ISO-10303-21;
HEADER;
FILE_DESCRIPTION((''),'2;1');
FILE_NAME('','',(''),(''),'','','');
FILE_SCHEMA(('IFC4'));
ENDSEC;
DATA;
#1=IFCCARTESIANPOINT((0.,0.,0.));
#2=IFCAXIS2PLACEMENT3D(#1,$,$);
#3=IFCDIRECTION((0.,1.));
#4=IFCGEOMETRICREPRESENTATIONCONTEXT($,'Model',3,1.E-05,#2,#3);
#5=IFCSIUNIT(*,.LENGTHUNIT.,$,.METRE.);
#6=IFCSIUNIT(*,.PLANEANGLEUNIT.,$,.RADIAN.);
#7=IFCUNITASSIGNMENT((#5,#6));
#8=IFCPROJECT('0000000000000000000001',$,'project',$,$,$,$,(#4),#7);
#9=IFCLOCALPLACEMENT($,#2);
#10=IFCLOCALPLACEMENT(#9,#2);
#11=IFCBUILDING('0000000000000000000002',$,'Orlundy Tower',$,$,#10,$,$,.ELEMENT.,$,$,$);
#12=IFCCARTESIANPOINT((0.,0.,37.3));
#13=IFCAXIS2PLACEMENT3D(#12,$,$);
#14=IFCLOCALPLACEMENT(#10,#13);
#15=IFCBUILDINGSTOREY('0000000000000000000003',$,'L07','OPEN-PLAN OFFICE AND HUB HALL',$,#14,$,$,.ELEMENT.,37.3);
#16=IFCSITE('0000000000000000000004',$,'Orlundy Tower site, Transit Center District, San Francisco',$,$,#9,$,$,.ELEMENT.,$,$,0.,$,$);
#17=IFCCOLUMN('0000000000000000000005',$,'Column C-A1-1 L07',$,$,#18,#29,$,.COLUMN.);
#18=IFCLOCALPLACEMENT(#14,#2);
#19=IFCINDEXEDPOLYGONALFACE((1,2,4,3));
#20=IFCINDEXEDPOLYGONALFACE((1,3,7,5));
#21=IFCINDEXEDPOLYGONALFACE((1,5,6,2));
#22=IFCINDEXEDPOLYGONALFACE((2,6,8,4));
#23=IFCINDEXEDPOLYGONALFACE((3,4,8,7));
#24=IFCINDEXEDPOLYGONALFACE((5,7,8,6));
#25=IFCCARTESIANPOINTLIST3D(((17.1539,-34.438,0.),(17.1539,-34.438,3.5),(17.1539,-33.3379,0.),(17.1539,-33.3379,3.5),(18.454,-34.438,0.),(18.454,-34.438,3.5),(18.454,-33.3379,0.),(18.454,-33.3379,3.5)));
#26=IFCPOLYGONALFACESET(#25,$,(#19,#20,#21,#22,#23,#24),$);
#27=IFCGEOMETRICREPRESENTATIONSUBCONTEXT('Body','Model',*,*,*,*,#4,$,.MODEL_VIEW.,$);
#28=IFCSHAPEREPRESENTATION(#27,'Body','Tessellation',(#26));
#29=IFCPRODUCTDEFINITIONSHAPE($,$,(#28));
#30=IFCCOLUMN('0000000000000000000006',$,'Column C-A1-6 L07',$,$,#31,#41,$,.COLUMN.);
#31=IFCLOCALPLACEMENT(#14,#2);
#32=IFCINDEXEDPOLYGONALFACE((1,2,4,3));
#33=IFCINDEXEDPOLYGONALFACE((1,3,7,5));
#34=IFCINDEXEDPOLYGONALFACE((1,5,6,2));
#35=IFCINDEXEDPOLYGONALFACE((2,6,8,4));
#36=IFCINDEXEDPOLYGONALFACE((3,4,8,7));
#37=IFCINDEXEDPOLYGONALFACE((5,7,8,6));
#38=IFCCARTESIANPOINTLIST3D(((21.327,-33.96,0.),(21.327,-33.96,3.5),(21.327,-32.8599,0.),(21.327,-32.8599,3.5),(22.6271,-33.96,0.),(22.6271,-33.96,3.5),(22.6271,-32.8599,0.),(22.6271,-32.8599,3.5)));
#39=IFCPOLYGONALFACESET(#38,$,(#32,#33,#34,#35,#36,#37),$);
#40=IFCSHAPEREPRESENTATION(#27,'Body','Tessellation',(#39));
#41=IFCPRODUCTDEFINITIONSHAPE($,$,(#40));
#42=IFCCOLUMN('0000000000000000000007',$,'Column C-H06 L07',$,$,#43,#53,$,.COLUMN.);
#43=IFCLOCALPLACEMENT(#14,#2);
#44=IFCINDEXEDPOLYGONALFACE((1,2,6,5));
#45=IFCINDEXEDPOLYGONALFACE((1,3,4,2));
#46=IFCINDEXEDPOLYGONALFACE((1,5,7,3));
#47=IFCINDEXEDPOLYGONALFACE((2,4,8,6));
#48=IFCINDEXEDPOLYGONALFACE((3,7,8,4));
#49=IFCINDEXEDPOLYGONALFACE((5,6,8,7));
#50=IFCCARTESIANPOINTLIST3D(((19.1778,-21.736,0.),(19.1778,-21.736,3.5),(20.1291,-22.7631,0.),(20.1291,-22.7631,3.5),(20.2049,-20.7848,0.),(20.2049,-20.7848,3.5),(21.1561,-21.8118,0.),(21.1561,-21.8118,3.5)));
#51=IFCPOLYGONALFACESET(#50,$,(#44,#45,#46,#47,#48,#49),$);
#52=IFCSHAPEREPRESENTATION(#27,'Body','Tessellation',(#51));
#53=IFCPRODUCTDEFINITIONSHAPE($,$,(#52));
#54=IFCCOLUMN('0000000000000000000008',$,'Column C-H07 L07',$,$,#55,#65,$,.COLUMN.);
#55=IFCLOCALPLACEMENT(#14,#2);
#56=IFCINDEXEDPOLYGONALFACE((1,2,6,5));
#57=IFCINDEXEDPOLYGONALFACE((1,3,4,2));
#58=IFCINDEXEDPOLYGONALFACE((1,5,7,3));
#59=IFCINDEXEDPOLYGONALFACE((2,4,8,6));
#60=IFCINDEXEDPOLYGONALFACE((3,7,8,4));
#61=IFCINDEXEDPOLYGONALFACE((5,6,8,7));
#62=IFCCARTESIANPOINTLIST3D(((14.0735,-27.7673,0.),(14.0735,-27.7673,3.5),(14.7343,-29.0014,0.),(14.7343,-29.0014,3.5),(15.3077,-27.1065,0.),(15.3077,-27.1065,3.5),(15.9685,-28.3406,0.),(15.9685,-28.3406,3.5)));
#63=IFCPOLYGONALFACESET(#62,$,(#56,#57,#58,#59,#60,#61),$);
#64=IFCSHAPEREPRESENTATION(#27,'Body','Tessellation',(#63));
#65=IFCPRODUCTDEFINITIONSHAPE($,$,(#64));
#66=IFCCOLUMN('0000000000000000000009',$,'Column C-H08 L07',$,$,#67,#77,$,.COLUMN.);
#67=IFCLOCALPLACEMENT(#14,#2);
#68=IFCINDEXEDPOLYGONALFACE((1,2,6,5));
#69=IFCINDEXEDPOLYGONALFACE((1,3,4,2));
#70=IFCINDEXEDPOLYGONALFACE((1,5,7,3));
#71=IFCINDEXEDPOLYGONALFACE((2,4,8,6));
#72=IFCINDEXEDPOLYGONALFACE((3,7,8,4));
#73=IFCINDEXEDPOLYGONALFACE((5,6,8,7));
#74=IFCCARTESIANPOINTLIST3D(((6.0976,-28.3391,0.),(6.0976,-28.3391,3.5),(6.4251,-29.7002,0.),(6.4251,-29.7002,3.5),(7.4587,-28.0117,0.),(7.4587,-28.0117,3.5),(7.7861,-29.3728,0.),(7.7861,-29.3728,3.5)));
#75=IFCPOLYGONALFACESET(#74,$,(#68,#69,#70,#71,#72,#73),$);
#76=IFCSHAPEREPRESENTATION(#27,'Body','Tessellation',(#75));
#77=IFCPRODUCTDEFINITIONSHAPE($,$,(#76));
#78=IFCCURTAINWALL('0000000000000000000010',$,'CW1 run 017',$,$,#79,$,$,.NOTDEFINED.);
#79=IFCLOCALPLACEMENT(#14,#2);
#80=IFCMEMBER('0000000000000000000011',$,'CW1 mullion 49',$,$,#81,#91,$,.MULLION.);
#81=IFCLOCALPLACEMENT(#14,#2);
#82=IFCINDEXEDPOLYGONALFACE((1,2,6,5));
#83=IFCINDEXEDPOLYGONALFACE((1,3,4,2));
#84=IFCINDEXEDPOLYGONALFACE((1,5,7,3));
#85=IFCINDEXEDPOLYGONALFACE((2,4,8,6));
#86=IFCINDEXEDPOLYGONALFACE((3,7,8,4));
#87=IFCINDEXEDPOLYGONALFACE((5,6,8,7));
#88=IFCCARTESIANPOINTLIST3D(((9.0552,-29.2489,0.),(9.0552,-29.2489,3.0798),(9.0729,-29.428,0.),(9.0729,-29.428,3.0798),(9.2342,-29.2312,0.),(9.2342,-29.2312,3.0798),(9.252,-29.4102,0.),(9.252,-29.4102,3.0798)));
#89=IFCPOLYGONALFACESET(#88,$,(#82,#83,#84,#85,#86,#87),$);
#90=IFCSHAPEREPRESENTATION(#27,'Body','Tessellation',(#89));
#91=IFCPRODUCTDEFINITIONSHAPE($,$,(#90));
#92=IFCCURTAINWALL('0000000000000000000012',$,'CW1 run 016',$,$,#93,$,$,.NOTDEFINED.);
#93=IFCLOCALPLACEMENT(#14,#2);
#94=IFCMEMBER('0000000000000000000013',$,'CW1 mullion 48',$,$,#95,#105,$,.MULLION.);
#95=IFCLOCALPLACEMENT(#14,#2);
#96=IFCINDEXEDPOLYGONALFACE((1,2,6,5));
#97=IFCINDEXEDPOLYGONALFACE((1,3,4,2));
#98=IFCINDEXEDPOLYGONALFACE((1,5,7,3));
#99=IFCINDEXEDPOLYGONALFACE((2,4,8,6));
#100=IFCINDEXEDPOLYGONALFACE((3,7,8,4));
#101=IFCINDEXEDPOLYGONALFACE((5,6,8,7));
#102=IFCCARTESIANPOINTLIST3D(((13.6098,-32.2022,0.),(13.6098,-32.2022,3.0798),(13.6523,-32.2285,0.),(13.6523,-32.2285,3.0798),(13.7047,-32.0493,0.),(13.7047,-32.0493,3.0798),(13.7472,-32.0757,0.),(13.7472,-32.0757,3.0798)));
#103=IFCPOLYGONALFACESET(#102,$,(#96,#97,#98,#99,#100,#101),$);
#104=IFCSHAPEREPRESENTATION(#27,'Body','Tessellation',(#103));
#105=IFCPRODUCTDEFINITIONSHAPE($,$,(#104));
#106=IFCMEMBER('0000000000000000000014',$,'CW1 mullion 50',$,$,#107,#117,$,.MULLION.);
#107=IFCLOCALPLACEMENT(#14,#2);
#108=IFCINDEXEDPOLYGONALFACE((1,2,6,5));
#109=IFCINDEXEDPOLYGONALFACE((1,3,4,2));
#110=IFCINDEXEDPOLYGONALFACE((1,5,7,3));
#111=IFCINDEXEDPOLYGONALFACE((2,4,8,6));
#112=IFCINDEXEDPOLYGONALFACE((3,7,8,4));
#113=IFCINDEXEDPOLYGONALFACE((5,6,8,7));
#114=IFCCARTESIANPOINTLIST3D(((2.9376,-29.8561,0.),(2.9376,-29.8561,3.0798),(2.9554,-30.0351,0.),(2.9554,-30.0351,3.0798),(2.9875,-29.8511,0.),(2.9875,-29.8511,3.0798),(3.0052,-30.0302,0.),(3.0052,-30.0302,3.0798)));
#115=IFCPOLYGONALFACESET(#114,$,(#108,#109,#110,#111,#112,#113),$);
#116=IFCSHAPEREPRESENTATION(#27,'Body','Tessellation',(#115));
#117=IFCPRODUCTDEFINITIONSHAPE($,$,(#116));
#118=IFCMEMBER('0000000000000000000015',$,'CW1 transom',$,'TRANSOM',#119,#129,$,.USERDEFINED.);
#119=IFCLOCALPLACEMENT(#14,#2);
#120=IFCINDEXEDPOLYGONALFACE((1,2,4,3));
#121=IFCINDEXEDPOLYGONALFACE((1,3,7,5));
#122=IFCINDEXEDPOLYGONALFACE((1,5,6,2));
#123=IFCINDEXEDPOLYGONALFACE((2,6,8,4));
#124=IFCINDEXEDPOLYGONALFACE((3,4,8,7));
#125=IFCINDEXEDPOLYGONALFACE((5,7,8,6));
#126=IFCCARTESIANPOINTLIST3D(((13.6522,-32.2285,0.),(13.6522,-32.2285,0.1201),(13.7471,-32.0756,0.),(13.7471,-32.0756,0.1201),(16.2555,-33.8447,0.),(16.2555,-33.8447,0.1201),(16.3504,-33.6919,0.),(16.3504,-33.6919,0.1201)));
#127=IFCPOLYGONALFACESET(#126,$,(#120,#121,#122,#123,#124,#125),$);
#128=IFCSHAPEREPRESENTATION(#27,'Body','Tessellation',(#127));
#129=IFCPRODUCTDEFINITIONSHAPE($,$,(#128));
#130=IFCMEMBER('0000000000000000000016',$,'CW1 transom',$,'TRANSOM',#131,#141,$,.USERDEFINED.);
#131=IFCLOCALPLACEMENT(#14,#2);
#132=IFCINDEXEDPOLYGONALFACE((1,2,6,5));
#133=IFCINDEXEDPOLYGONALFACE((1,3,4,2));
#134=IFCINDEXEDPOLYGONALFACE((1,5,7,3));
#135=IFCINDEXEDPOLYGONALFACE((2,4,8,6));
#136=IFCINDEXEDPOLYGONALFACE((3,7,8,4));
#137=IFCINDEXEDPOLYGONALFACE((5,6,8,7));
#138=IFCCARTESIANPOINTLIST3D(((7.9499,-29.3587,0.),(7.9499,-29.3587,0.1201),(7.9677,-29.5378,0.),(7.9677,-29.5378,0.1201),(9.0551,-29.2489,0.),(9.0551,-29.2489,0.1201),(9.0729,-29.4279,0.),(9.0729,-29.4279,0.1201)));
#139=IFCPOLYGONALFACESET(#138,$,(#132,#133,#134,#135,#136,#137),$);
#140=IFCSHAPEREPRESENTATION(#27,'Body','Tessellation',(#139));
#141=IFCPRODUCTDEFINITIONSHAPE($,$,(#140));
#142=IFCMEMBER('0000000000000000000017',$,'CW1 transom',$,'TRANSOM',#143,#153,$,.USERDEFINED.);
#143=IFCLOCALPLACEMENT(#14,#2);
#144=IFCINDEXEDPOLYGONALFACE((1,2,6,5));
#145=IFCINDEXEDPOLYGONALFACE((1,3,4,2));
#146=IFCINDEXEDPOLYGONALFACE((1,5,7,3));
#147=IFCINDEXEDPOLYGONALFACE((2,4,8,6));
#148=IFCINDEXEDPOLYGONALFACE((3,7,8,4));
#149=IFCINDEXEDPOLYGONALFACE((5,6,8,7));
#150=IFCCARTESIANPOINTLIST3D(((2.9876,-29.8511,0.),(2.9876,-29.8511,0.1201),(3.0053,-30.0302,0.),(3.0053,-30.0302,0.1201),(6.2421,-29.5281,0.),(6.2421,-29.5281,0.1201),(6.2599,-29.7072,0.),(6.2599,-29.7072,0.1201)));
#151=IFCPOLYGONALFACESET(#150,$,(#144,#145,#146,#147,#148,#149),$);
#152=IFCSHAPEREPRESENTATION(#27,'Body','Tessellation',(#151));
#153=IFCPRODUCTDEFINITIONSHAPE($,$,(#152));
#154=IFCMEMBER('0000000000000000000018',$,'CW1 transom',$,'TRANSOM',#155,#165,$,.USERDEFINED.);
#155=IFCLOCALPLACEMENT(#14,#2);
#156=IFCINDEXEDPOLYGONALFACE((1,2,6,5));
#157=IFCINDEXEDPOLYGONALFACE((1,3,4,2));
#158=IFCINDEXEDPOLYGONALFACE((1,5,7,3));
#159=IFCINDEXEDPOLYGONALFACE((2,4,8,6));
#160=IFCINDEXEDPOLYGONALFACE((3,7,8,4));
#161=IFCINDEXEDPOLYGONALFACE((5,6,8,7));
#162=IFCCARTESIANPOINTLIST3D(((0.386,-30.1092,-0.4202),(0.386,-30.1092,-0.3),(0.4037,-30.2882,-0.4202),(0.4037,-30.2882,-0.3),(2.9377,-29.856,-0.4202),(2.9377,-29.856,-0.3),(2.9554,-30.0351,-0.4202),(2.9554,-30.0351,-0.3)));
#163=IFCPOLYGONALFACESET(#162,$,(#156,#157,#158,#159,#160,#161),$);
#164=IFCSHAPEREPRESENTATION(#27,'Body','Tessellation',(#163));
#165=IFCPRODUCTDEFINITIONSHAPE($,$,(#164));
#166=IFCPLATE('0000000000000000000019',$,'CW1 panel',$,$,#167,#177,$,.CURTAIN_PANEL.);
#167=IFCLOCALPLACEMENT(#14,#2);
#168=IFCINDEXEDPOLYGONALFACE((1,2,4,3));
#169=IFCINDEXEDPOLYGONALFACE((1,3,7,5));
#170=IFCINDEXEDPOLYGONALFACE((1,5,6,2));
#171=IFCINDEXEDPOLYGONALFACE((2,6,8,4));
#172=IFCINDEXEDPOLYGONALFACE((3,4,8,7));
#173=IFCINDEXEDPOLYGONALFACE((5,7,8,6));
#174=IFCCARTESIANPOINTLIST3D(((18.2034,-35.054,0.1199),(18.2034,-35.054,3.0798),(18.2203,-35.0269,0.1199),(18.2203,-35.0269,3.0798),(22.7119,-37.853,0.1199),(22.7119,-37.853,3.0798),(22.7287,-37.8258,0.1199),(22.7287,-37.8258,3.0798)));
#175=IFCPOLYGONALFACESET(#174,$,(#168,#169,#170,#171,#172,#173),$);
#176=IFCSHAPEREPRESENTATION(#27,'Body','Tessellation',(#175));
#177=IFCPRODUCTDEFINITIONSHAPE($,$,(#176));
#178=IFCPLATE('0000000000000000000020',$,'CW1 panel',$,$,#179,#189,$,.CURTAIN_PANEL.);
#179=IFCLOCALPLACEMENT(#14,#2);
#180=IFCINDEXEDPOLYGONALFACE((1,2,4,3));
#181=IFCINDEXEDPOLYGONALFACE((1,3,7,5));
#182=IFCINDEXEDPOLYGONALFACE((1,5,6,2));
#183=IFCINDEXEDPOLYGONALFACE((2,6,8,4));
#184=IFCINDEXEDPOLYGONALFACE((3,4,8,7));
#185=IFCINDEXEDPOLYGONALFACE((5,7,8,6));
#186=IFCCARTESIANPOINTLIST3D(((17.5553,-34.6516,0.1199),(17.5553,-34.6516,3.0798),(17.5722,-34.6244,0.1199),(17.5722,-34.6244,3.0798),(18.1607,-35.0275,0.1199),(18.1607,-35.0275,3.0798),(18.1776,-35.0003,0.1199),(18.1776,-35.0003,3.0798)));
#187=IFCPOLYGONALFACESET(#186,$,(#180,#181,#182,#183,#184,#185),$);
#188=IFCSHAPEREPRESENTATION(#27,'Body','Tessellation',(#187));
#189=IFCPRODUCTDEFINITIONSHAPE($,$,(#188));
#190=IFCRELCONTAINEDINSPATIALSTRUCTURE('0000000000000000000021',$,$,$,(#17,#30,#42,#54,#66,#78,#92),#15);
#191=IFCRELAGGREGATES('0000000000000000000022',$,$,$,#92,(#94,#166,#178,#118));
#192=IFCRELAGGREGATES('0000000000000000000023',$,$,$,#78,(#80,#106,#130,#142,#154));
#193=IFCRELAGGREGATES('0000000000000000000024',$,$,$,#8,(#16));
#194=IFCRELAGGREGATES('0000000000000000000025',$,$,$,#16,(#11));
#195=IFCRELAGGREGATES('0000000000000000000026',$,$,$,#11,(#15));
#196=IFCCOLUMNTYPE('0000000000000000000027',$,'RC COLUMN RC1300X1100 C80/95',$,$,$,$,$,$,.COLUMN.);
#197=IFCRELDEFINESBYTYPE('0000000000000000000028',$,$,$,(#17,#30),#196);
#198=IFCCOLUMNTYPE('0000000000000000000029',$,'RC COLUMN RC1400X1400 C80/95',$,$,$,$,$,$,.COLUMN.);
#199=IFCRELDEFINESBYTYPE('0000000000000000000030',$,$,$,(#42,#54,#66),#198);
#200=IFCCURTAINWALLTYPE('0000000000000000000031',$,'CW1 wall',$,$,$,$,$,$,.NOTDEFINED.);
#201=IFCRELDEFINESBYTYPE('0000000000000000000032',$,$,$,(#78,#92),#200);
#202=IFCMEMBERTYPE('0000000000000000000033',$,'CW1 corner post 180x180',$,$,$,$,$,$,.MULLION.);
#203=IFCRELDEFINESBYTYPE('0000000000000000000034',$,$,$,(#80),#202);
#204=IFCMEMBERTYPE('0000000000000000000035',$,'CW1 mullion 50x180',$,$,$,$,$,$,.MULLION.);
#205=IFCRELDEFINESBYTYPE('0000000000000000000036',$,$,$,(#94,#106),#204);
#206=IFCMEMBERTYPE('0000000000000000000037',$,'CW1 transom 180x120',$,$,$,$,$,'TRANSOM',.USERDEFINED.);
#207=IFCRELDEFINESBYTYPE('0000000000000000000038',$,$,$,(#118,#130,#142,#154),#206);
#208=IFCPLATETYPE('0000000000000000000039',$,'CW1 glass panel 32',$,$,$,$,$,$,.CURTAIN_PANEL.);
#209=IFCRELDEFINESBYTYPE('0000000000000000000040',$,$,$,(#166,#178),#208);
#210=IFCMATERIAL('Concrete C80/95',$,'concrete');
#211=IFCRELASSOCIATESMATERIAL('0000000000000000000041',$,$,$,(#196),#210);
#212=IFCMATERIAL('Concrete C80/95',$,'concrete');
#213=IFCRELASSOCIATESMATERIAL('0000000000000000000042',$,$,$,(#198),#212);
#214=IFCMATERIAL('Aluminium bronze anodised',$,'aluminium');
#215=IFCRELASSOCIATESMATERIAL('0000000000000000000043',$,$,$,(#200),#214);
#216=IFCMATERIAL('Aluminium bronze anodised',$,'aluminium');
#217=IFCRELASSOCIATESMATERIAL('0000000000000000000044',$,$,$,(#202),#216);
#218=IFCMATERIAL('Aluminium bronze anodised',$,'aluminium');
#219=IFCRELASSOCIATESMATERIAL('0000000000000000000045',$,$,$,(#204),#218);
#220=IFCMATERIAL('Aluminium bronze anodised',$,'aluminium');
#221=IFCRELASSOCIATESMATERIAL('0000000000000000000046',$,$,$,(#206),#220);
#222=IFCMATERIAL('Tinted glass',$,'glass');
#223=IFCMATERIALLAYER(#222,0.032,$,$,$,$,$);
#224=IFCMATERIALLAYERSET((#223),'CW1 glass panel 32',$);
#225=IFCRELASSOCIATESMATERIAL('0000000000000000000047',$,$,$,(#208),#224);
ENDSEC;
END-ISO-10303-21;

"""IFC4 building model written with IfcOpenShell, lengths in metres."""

from ifc_helpers import new_model, si_unit, direction, frame, origin, origin_2d, place, context, subcontext, project, spatial, rectangle, extrude, material, layer, layer_set, material_profile, profile_set, type_object, element, aggregate, save


model = new_model("IFC4")

# Units and contexts
model_context = context("Model", 3, precision=1e-05, world=origin(), true_north=direction((0.0, 1.0)))
body_context = subcontext(model_context, "Body", "Model", "MODEL_VIEW")
ifc_project = project(units=[si_unit("LENGTHUNIT", "METRE"), si_unit("PLANEANGLEUNIT", "RADIAN")], contexts=[model_context])

# Site, building, storey
site_placement = place(None, origin())
site = spatial("IfcSite", under=ifc_project, at=site_placement, Name="Orlundy Tower site, Transit Center District, San Francisco", CompositionType="ELEMENT", RefElevation=0.0)
building_placement = place(site_placement, origin())
building = spatial("IfcBuilding", under=site, at=building_placement, Name="Orlundy Tower", CompositionType="ELEMENT")
storey_placement = place(building_placement, frame((0.0, 0.0, 37.3)))
storey = spatial("IfcBuildingStorey", under=building, at=storey_placement, Name="L07", Description="OPEN-PLAN OFFICE AND HUB HALL", CompositionType="ELEMENT", Elevation=37.3)

# Columns
ifc_material_1 = material(Name="Concrete C80/95", Category="concrete")
ifc_material_profile_1 = material_profile(ifc_material_1, rectangle(XDim=1.3, YDim=1.1001, at=origin_2d()), Name="RC1300X1100")
ifc_profile_set_1 = profile_set([ifc_material_profile_1], Name="Concrete C80/95")
column_type_1 = type_object("IfcColumnType", Name="RC COLUMN RC1300X1100 C80/95", PredefinedType="COLUMN", material=ifc_profile_set_1)
for number, where, z_axis, x_axis, name in (
    (1, (17.804, -33.8879, 0.0), (0.0, 0.0, 1.0), (1.0, 0.0, 0.0), "Column C-A1-1 L07"),
    (2, (21.9771, -33.4099, 0.0), (0.0, 0.0, 1.0), (1.0, 0.0, 0.0), "Column C-A1-6 L07"),
):
    element("IfcColumn", number, at=place(storey_placement, frame(where, z_axis=z_axis, x_axis=x_axis)), inside=storey, type_object=column_type_1, Name=name, PredefinedType="COLUMN", context=body_context, shape_type="SweptSolid", body=[
        extrude(rectangle(XDim=1.3, YDim=1.1001, at=origin_2d()), origin(), (0.0, 0.0, 1.0), 3.5),
    ])
ifc_material_2 = material(Name="Concrete C80/95", Category="concrete")
ifc_material_profile_2 = material_profile(ifc_material_2, rectangle(XDim=1.3999, YDim=1.3999, at=origin_2d()), Name="RC1400X1400")
ifc_profile_set_2 = profile_set([ifc_material_profile_2], Name="Concrete C80/95")
column_type_2 = type_object("IfcColumnType", Name="RC COLUMN RC1400X1400 C80/95", PredefinedType="COLUMN", material=ifc_profile_set_2)
for number, where, z_axis, x_axis, name in (
    (3, (20.167, -21.7739, 0.0), (0.0, 0.0, 1.0), (0.679518, -0.733659, 0.0), "Column C-H06 L07"),
    (4, (15.021, -28.054, 0.0), (0.0, 0.0, 1.0), (0.472028, -0.881584, 0.0), "Column C-H07 L07"),
    (5, (6.9419, -28.856, 0.0), (0.0, 0.0, 1.0), (0.233904, -0.97226, 0.0), "Column C-H08 L07"),
):
    element("IfcColumn", number, at=place(storey_placement, frame(where, z_axis=z_axis, x_axis=x_axis)), inside=storey, type_object=column_type_2, Name=name, PredefinedType="COLUMN", context=body_context, shape_type="SweptSolid", body=[
        extrude(rectangle(XDim=1.3999, YDim=1.3999, at=origin_2d()), origin(), (0.0, 0.0, 1.0), 3.5),
    ])

# Curtain walls, members
ifc_material_3 = material(Name="Aluminium bronze anodised", Category="aluminium")
curtain_wall_type = type_object("IfcCurtainWallType", Name="CW1 wall", PredefinedType="NOTDEFINED", material=ifc_material_3)
curtain_wall_1_placement = place(storey_placement, origin())
curtain_wall_1 = element("IfcCurtainWall", 6, at=curtain_wall_1_placement, inside=storey, type_object=curtain_wall_type, Name="CW1 run 017", PredefinedType="NOTDEFINED")
ifc_material_4 = material(Name="Aluminium bronze anodised", Category="aluminium")
ifc_material_profile_3 = material_profile(ifc_material_4, rectangle(XDim=0.1799, YDim=0.1799, at=origin_2d()), Name="CW1 corner post 180x180")
ifc_profile_set_3 = profile_set([ifc_material_profile_3], Name="Aluminium bronze anodised")
member_type_1 = type_object("IfcMemberType", Name="CW1 corner post 180x180", PredefinedType="MULLION", material=ifc_profile_set_3)
member_1_placement = place(storey_placement, frame((9.1536, -29.3296, 0.0), z_axis=(0.0, 0.0, 1.0), x_axis=(0.09875, -0.995112, 0.0)))
member_1 = element("IfcMember", 7, at=member_1_placement, type_object=member_type_1, Name="CW1 mullion 49", PredefinedType="MULLION", context=body_context, shape_type="SweptSolid", body=[
    extrude(rectangle(XDim=0.1799, YDim=0.1799, at=origin_2d()), origin(), (0.0, 0.0, 1.0), 3.0798),
])
curtain_wall_2_placement = place(storey_placement, origin())
curtain_wall_2 = element("IfcCurtainWall", 8, at=curtain_wall_2_placement, inside=storey, type_object=curtain_wall_type, Name="CW1 run 016", PredefinedType="NOTDEFINED")
ifc_material_5 = material(Name="Aluminium bronze anodised", Category="aluminium")
ifc_material_profile_4 = material_profile(ifc_material_5, rectangle(XDim=0.1799, YDim=0.05, at=origin_2d()), Name="CW1 mullion 50x180")
ifc_profile_set_4 = profile_set([ifc_material_profile_4], Name="Aluminium bronze anodised")
member_type_2 = type_object("IfcMemberType", Name="CW1 mullion 50x180", PredefinedType="MULLION", material=ifc_profile_set_4)
member_2_placement = place(storey_placement, frame((13.6785, -32.1389, 0.0), z_axis=(0.0, 0.0, 1.0), x_axis=(-0.527449, -0.849587, 0.0)))
member_2 = element("IfcMember", 9, at=member_2_placement, type_object=member_type_2, Name="CW1 mullion 48", PredefinedType="MULLION", context=body_context, shape_type="SweptSolid", body=[
    extrude(rectangle(XDim=0.1799, YDim=0.05, at=origin_2d()), origin(), (0.0, 0.0, 1.0), 3.0798),
])

# Members
member_3_placement = place(storey_placement, frame((2.9714, -29.9431, 0.0), z_axis=(0.0, 0.0, 1.0), x_axis=(0.09875, -0.995112, 0.0)))
member_3 = element("IfcMember", 10, at=member_3_placement, type_object=member_type_2, Name="CW1 mullion 50", PredefinedType="MULLION", context=body_context, shape_type="SweptSolid", body=[
    extrude(rectangle(XDim=0.1799, YDim=0.05, at=origin_2d()), origin(), (0.0, 0.0, 1.0), 3.0798),
])
ifc_material_6 = material(Name="Aluminium bronze anodised", Category="aluminium")
ifc_material_profile_5 = material_profile(ifc_material_6, rectangle(XDim=0.1799, YDim=0.1201, at=origin_2d()), Name="CW1 transom 180x120")
ifc_profile_set_5 = profile_set([ifc_material_profile_5], Name="Aluminium bronze anodised")
member_type_3 = type_object("IfcMemberType", Name="CW1 transom 180x120", ElementType="TRANSOM", PredefinedType="USERDEFINED", material=ifc_profile_set_5)
member_4_placement = place(storey_placement, frame((16.303, -33.7683, 0.0601), z_axis=(-0.849584, 0.527454, 0.0), x_axis=(-0.527454, -0.849584, 0.0)))
member_4 = element("IfcMember", 11, at=member_4_placement, type_object=member_type_3, Name="CW1 transom", ObjectType="TRANSOM", PredefinedType="USERDEFINED", context=body_context, shape_type="SweptSolid", body=[
    extrude(rectangle(XDim=0.1799, YDim=0.1201, at=origin_2d()), origin(), (0.0, 0.0, 1.0), 3.0642),
])
member_5_placement = place(storey_placement, frame((9.064, -29.3384, 0.0601), z_axis=(-0.995096, -0.098916, 0.0), x_axis=(0.098916, -0.995096, 0.0)))
member_5 = element("IfcMember", 12, at=member_5_placement, type_object=member_type_3, Name="CW1 transom", ObjectType="TRANSOM", PredefinedType="USERDEFINED", context=body_context, shape_type="SweptSolid", body=[
    extrude(rectangle(XDim=0.1799, YDim=0.1201, at=origin_2d()), origin(), (0.0, 0.0, 1.0), 1.1106),
])
member_6_placement = place(storey_placement, frame((6.251, -29.6177, 0.0601), z_axis=(-0.995112, -0.098757, 0.0), x_axis=(0.098757, -0.995112, 0.0)))
member_6 = element("IfcMember", 13, at=member_6_placement, type_object=member_type_3, Name="CW1 transom", ObjectType="TRANSOM", PredefinedType="USERDEFINED", context=body_context, shape_type="SweptSolid", body=[
    extrude(rectangle(XDim=0.1799, YDim=0.1201, at=origin_2d()), origin(), (0.0, 0.0, 1.0), 3.2705),
])
member_7_placement = place(storey_placement, frame((2.9465, -29.9456, -0.3601), z_axis=(-0.995114, -0.098731, 0.0), x_axis=(0.098731, -0.995114, 0.0)))
member_7 = element("IfcMember", 14, at=member_7_placement, type_object=member_type_3, Name="CW1 transom", ObjectType="TRANSOM", PredefinedType="USERDEFINED", context=body_context, shape_type="SweptSolid", body=[
    extrude(rectangle(XDim=0.1799, YDim=0.1201, at=origin_2d()), origin(), (0.0, 0.0, 1.0), 2.5642),
])

# Plates
ifc_material_7 = material(Name="Tinted glass", Category="glass")
ifc_layer_1 = layer(ifc_material_7, 0.032)
ifc_layer_set_1 = layer_set([ifc_layer_1], Name="CW1 glass panel 32")
plate_type = type_object("IfcPlateType", Name="CW1 glass panel 32", PredefinedType="CURTAIN_PANEL", material=ifc_layer_set_1)
plate_1_placement = place(storey_placement, frame((20.4661, -36.4399, 0.1199), z_axis=(0.0, 0.0, 1.0), x_axis=(-0.849587, 0.527449, 0.0)))
plate_1 = element("IfcPlate", 15, at=plate_1_placement, type_object=plate_type, Name="CW1 panel", PredefinedType="CURTAIN_PANEL", context=body_context, shape_type="SweptSolid", body=[
    extrude(rectangle(XDim=5.3066, YDim=0.032, at=origin_2d()), origin(), (0.0, 0.0, 1.0), 2.96),
])
plate_2_placement = place(storey_placement, frame((17.8665, -34.8259, 0.1199), z_axis=(0.0, 0.0, 1.0), x_axis=(-0.849587, 0.527449, 0.0)))
plate_2 = element("IfcPlate", 16, at=plate_2_placement, type_object=plate_type, Name="CW1 panel", PredefinedType="CURTAIN_PANEL", context=body_context, shape_type="SweptSolid", body=[
    extrude(rectangle(XDim=0.7126, YDim=0.032, at=origin_2d()), origin(), (0.0, 0.0, 1.0), 2.96),
])
aggregate(curtain_wall_2, [member_2, plate_1, plate_2, member_4])
aggregate(curtain_wall_1, [member_1, member_3, member_5, member_6, member_7])

save(model, "model.ifc")
